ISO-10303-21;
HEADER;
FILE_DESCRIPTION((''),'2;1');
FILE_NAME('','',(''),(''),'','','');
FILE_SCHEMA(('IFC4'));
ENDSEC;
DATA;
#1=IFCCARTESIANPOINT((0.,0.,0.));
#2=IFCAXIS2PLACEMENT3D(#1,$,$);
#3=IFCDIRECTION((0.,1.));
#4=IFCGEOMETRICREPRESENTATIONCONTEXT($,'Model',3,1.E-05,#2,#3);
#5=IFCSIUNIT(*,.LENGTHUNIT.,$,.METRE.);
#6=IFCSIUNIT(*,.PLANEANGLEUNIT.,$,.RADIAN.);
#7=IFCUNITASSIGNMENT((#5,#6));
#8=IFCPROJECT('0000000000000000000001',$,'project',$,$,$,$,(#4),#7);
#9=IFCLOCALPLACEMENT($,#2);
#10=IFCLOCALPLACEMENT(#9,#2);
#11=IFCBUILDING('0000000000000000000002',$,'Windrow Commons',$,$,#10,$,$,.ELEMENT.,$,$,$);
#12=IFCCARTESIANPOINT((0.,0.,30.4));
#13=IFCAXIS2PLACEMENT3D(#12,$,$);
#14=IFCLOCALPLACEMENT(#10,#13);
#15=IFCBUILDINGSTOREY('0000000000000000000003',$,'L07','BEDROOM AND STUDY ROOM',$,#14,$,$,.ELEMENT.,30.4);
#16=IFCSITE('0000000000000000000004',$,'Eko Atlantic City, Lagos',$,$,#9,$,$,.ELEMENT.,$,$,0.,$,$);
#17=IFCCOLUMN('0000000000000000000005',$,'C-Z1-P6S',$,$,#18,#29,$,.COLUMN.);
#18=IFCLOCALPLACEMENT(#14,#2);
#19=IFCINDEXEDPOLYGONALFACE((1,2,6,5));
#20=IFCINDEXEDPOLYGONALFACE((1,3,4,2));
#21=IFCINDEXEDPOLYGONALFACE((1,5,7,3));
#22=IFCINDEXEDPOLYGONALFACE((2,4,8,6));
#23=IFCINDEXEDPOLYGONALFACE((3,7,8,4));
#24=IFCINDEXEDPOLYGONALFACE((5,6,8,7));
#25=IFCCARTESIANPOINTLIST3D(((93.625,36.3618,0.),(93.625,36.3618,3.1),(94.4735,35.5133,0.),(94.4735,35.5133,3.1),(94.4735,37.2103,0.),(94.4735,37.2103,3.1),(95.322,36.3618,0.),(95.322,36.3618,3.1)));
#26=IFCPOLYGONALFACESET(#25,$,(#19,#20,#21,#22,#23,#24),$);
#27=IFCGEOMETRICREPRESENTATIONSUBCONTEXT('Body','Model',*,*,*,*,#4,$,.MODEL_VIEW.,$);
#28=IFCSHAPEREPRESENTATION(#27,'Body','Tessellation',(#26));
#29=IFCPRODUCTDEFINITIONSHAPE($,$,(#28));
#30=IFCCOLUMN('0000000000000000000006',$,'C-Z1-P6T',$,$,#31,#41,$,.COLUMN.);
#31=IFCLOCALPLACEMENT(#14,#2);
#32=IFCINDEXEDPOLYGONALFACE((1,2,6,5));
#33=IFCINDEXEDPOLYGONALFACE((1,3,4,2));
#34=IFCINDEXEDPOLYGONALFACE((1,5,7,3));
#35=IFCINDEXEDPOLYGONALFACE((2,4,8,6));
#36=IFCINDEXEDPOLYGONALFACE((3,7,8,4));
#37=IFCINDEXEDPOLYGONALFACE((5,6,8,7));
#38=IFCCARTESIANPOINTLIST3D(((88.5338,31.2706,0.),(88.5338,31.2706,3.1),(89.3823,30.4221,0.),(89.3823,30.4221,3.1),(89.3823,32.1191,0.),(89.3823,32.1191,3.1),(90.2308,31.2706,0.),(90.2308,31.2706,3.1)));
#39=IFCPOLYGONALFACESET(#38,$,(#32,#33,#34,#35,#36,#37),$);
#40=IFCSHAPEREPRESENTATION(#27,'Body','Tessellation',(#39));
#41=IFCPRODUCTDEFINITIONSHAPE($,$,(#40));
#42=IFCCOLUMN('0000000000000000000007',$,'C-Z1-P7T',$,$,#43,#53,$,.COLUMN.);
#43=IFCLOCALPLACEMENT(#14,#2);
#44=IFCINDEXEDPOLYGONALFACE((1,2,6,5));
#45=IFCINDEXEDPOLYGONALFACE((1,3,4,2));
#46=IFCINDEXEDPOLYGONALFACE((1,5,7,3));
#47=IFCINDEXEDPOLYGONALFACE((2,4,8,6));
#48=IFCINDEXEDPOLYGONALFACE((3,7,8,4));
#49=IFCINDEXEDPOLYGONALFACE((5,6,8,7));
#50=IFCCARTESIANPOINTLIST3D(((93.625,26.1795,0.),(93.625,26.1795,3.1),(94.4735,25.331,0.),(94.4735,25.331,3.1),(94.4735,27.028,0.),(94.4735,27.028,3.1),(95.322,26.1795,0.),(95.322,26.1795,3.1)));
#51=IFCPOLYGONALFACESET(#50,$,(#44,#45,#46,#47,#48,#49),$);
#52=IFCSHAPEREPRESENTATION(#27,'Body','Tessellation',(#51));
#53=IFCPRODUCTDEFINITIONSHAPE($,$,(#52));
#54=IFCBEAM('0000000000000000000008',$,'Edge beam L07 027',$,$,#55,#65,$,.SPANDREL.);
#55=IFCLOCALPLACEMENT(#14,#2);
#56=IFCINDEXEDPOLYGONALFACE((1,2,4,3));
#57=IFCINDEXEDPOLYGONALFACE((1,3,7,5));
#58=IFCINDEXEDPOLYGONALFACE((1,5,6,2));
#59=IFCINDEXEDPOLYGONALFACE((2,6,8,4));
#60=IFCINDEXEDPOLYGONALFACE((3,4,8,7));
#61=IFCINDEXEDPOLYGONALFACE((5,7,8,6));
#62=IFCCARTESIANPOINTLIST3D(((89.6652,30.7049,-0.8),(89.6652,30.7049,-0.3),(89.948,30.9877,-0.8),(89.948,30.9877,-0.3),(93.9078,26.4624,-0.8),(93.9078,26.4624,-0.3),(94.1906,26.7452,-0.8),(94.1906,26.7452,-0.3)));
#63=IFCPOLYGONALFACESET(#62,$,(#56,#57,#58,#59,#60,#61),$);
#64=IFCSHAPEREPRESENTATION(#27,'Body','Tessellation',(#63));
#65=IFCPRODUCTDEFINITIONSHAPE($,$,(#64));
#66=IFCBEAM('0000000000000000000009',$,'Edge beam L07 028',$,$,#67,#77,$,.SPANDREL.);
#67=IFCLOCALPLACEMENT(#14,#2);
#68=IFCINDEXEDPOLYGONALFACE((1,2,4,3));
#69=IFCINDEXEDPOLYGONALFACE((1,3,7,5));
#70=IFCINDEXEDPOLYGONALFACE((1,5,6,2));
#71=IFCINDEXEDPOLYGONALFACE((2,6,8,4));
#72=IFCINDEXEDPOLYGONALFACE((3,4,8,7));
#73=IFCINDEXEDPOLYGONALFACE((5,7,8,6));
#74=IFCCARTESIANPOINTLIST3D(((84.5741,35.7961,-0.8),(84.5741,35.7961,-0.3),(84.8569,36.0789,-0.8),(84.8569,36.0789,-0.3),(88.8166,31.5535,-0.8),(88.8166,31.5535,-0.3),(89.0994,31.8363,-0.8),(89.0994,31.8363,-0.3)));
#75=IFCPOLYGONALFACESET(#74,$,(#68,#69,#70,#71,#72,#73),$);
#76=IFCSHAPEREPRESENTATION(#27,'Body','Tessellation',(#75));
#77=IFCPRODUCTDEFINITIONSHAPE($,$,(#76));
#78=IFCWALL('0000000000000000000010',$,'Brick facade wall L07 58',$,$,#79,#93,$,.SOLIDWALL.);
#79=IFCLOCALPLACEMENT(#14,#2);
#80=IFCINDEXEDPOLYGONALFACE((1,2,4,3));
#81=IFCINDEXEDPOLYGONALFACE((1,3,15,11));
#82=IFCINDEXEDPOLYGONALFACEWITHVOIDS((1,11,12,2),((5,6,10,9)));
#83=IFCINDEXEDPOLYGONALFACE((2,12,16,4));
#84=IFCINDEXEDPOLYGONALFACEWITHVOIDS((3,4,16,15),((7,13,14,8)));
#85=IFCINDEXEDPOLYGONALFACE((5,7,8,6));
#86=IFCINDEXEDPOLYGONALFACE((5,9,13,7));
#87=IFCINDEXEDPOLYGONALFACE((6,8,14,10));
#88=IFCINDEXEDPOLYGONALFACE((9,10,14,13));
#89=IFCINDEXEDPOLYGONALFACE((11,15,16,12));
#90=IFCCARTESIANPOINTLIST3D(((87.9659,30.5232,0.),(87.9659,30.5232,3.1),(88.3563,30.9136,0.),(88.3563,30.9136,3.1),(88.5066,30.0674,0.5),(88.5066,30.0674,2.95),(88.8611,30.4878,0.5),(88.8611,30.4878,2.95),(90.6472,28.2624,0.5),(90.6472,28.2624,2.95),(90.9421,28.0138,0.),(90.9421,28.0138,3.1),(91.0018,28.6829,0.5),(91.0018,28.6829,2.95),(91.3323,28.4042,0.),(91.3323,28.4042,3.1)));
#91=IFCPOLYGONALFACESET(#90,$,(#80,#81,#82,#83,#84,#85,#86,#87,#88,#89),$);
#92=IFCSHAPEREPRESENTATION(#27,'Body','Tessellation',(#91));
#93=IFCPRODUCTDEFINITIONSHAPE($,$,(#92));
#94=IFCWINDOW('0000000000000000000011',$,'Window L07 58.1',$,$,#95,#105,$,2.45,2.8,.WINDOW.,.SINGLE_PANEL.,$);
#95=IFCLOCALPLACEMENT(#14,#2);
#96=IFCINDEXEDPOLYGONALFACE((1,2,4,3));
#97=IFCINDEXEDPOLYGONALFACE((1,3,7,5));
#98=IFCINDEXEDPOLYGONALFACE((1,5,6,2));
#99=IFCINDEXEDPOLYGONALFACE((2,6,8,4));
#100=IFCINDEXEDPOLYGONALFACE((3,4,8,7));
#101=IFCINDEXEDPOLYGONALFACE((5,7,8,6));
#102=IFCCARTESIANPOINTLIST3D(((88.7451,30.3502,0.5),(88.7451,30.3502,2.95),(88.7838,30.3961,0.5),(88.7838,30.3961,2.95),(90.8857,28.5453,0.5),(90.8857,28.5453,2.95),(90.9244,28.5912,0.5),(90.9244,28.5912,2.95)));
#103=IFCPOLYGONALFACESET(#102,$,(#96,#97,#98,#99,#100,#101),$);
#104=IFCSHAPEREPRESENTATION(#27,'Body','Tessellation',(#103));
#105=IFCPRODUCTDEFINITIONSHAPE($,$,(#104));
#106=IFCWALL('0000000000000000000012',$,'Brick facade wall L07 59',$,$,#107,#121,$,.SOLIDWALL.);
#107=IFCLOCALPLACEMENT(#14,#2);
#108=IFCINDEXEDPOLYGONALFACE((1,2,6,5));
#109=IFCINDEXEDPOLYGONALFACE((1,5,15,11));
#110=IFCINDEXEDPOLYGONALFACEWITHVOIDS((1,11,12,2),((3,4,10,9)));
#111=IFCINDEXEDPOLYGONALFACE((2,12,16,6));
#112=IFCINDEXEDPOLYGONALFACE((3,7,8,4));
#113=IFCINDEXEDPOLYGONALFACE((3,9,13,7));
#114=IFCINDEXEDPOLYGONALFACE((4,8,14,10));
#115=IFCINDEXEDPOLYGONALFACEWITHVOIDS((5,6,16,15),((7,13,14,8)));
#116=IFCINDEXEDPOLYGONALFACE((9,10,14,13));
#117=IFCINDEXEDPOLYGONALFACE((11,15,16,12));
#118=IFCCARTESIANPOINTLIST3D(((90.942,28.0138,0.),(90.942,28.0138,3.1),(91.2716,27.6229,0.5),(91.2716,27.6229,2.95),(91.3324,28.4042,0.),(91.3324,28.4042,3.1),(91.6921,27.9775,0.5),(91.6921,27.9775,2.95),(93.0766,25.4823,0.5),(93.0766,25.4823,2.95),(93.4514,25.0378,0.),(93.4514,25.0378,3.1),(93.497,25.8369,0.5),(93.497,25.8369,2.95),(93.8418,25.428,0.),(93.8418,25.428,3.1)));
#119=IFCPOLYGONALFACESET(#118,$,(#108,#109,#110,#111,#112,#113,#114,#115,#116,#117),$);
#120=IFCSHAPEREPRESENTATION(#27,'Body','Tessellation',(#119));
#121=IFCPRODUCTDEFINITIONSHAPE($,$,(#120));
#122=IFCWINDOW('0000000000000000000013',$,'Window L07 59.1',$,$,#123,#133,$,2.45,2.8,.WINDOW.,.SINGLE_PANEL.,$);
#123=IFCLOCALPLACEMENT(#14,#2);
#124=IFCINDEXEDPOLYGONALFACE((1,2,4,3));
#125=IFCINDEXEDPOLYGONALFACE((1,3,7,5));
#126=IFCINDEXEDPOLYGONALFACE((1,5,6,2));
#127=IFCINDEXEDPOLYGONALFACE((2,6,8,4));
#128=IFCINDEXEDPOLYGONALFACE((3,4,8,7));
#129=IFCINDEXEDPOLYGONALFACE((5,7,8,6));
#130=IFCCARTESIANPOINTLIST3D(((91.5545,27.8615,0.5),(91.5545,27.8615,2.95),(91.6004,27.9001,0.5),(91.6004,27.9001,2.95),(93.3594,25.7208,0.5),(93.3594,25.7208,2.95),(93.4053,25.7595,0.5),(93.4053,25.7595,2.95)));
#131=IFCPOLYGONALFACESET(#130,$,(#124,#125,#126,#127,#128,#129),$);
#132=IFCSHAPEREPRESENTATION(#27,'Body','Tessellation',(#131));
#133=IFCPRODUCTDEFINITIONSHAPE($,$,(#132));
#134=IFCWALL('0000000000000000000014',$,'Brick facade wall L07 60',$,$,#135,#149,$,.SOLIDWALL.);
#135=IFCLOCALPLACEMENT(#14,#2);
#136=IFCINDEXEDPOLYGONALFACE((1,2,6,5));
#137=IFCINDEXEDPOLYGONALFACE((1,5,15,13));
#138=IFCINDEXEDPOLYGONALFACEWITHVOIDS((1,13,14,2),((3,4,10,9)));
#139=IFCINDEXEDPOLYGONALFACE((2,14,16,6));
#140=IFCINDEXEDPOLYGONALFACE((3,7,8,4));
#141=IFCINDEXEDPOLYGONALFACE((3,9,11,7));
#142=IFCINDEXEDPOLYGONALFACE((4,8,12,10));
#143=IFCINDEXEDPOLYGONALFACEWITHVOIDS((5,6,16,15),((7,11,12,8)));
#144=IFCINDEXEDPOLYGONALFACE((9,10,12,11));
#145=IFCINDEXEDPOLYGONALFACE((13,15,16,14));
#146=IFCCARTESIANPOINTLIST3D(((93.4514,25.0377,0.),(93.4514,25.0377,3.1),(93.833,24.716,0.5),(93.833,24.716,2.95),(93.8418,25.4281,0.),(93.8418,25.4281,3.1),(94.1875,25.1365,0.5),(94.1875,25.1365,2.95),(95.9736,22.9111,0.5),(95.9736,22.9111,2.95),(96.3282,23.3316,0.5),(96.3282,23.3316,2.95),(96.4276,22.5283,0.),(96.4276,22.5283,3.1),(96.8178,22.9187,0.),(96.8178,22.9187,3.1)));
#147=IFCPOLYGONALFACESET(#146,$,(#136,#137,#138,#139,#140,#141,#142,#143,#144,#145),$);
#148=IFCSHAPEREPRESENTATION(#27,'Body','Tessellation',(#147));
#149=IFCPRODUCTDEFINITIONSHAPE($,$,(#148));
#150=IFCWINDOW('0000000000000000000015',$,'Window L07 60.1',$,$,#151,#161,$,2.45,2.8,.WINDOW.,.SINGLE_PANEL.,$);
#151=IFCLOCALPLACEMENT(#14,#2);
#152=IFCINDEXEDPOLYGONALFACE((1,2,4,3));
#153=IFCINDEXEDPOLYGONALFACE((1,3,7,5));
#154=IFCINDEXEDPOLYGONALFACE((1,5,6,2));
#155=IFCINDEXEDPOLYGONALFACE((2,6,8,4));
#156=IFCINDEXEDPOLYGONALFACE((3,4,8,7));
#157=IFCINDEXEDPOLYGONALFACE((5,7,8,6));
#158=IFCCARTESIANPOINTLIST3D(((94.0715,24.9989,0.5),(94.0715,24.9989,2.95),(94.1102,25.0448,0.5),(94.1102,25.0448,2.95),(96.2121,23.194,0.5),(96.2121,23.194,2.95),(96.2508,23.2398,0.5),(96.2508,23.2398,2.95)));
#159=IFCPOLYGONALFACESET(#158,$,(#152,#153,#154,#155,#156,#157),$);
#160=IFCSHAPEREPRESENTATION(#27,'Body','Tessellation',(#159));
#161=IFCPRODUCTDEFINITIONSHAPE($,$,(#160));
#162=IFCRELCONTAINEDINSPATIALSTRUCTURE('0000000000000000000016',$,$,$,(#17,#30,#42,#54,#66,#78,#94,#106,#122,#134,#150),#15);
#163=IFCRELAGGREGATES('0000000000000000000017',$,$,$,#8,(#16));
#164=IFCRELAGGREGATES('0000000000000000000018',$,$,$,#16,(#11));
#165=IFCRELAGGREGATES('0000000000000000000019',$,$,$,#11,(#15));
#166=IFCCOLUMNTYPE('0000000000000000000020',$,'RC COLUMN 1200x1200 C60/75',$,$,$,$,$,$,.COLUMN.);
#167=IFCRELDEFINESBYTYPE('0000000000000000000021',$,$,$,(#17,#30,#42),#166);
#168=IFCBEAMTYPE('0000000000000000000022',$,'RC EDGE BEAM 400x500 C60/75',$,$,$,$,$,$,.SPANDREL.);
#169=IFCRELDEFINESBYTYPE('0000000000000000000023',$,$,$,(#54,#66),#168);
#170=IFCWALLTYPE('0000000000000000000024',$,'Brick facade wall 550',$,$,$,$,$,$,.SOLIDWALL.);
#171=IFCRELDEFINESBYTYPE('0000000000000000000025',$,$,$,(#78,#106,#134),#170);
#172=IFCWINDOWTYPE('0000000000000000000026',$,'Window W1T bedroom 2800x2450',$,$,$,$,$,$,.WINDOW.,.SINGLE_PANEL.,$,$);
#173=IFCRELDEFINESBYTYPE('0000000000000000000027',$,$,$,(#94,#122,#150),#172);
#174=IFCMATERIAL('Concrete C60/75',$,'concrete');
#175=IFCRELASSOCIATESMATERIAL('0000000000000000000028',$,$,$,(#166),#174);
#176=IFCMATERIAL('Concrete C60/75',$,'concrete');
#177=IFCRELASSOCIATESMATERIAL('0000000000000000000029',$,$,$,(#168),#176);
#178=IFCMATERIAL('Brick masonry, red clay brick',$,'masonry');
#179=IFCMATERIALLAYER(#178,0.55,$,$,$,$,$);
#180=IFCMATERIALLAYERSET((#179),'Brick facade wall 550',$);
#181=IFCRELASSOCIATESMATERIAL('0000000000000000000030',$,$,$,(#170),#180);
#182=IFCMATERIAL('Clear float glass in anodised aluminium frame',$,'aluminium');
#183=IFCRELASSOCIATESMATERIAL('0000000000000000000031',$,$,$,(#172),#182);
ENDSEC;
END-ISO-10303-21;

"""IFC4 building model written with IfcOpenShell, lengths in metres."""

from ifc_helpers import new_model, si_unit, direction, frame, frame_2d, origin, origin_2d, place, context, subcontext, project, spatial, polyline, rectangle, outline, extrude, material, layer, layer_set, material_profile, profile_set, type_object, element, fill, save


model = new_model("IFC4")

# Units and contexts
model_context = context("Model", 3, precision=1e-05, world=origin(), true_north=direction((0.0, 1.0)))
body_context = subcontext(model_context, "Body", "Model", "MODEL_VIEW")
ifc_project = project(units=[si_unit("LENGTHUNIT", "METRE"), si_unit("PLANEANGLEUNIT", "RADIAN")], contexts=[model_context])

# Site, building, storey
site_placement = place(None, origin())
site = spatial("IfcSite", under=ifc_project, at=site_placement, Name="Eko Atlantic City, Lagos", CompositionType="ELEMENT", RefElevation=0.0)
building_placement = place(site_placement, origin())
building = spatial("IfcBuilding", under=site, at=building_placement, Name="Windrow Commons", CompositionType="ELEMENT")
storey_placement = place(building_placement, frame((0.0, 0.0, 30.4)))
storey = spatial("IfcBuildingStorey", under=building, at=storey_placement, Name="L07", Description="BEDROOM AND STUDY ROOM", CompositionType="ELEMENT", Elevation=30.4)

# Columns
ifc_material_1 = material(Name="Concrete C60/75", Category="concrete")
ifc_material_profile_1 = material_profile(ifc_material_1, rectangle(XDim=1.2, YDim=1.2, at=origin_2d()))
ifc_profile_set_1 = profile_set([ifc_material_profile_1], Name="Concrete C60/75")
column_type = type_object("IfcColumnType", Name="RC COLUMN 1200x1200 C60/75", PredefinedType="COLUMN", material=ifc_profile_set_1)
for number, where, z_axis, x_axis, name in (
    (1, (94.4735, 36.3618, 0.0), (0.0, 0.0, 1.0), (0.707107, -0.707107, 0.0), "C-Z1-P6S"),
    (2, (89.3823, 31.2706, 0.0), (0.0, 0.0, 1.0), (0.707107, -0.707107, 0.0), "C-Z1-P6T"),
    (3, (94.4735, 26.1795, 0.0), (0.0, 0.0, 1.0), (0.707107, -0.707107, 0.0), "C-Z1-P7T"),
):
    element("IfcColumn", number, at=place(storey_placement, frame(where, z_axis=z_axis, x_axis=x_axis)), inside=storey, type_object=column_type, Name=name, PredefinedType="COLUMN", context=body_context, shape_type="SweptSolid", body=[
        extrude(rectangle(XDim=1.2, YDim=1.2, at=origin_2d()), origin(), (0.0, 0.0, 1.0), 3.1),
    ])

# Beams
ifc_material_2 = material(Name="Concrete C60/75", Category="concrete")
ifc_material_profile_2 = material_profile(ifc_material_2, rectangle(XDim=0.4, YDim=0.5, at=origin_2d()))
ifc_profile_set_2 = profile_set([ifc_material_profile_2], Name="Concrete C60/75")
beam_type = type_object("IfcBeamType", Name="RC EDGE BEAM 400x500 C60/75", PredefinedType="SPANDREL", material=ifc_profile_set_2)
for number, where, z_axis, x_axis, name in (
    (4, (94.0492, 26.6038, -0.55), (-0.707115, 0.707098, 0.0), (-0.707098, -0.707115, 0.0), "Edge beam L07 027"),
    (5, (88.958, 31.6949, -0.55), (-0.707098, 0.707115, 0.0), (-0.707115, -0.707098, 0.0), "Edge beam L07 028"),
):
    element("IfcBeam", number, at=place(storey_placement, frame(where, z_axis=z_axis, x_axis=x_axis)), inside=storey, type_object=beam_type, Name=name, PredefinedType="SPANDREL", context=body_context, shape_type="SweptSolid", body=[
        extrude(rectangle(XDim=0.4, YDim=0.5, at=origin_2d()), origin(), (0.0, 0.0, 1.0), 5.9999),
    ])

# Walls, openings, windows
ifc_material_3 = material(Name="Brick masonry, red clay brick", Category="masonry")
ifc_layer_1 = layer(ifc_material_3, 0.55)
ifc_layer_set_1 = layer_set([ifc_layer_1], Name="Brick facade wall 550")
wall_type_1 = type_object("IfcWallType", Name="Brick facade wall 550", PredefinedType="SOLIDWALL", material=ifc_layer_set_1)
wall_1_placement = place(storey_placement, frame((88.1611, 30.7184, 0.0), z_axis=(0.0, 0.0, 1.0), x_axis=(0.764505, -0.644618, 0.0)))
wall_1 = element("IfcWall", 6, at=wall_1_placement, inside=storey, type_object=wall_type_1, Name="Brick facade wall L07 58", PredefinedType="SOLIDWALL", context=body_context, shape_type="SweptSolid", body=[
    extrude(outline(polyline([(-0.0234, -0.275), (3.8695, -0.275), (3.9162, 0.275), (0.0234, 0.275), (-0.0234, -0.275)])), origin(), (0.0, 0.0, 1.0), 3.1),
])
opening_1_placement = place(wall_1_placement, frame((0.6838, 0.0, 0.5)))
opening_1 = element("IfcOpeningElement", 7, at=opening_1_placement, cuts=wall_1, PredefinedType="OPENING", context=body_context, shape_type="SweptSolid", body=[
    extrude(rectangle(XDim=2.8, YDim=2.45, at=frame_2d((1.4, 1.225))), frame((0.0, 0.285, 0.0), z_axis=(0.0, -1.0, 0.0), x_axis=(1.0, 0.0, 0.0)), (0.0, 0.0, 1.0), 0.57),
])
ifc_material_4 = material(Name="Clear float glass in anodised aluminium frame", Category="aluminium")
window_type = type_object("IfcWindowType", Name="Window W1T bedroom 2800x2450", PartitioningType="SINGLE_PANEL", PredefinedType="WINDOW", material=ifc_material_4)
window_1_placement = place(opening_1_placement, origin())
window_1 = element("IfcWindow", 8, at=window_1_placement, inside=storey, type_object=window_type, Name="Window L07 58.1", OverallHeight=2.45, OverallWidth=2.8, PartitioningType="SINGLE_PANEL", PredefinedType="WINDOW", context=body_context, shape_type="SweptSolid", body=[
    extrude(rectangle(XDim=2.8, YDim=2.45, at=frame_2d((1.4, 1.225))), frame((0.0, 0.155, 0.0), z_axis=(0.0, -1.0, 0.0), x_axis=(1.0, 0.0, 0.0)), (0.0, 0.0, 1.0), 0.06),
])
fill(opening_1, window_1)
wall_2_placement = place(storey_placement, frame((91.1372, 28.209, 0.0), z_axis=(0.0, 0.0, 1.0), x_axis=(0.644618, -0.764505, 0.0)))
wall_2 = element("IfcWall", 9, at=wall_2_placement, inside=storey, type_object=wall_type_1, Name="Brick facade wall L07 59", PredefinedType="SOLIDWALL", context=body_context, shape_type="SweptSolid", body=[
    extrude(outline(polyline([(0.0234, -0.275), (3.9162, -0.275), (3.8695, 0.275), (-0.0234, 0.275), (0.0234, -0.275)])), origin(), (0.0, 0.0, 1.0), 3.1),
])
opening_2_placement = place(wall_2_placement, frame((0.5347, 0.0, 0.5)))
opening_2 = element("IfcOpeningElement", 10, at=opening_2_placement, cuts=wall_2, PredefinedType="OPENING", context=body_context, shape_type="SweptSolid", body=[
    extrude(rectangle(XDim=2.8, YDim=2.45, at=frame_2d((1.4, 1.225))), frame((0.0, 0.285, 0.0), z_axis=(0.0, -1.0, 0.0), x_axis=(1.0, 0.0, 0.0)), (0.0, 0.0, 1.0), 0.57),
])
window_2_placement = place(opening_2_placement, origin())
window_2 = element("IfcWindow", 11, at=window_2_placement, inside=storey, type_object=window_type, Name="Window L07 59.1", OverallHeight=2.45, OverallWidth=2.8, PartitioningType="SINGLE_PANEL", PredefinedType="WINDOW", context=body_context, shape_type="SweptSolid", body=[
    extrude(rectangle(XDim=2.8, YDim=2.45, at=frame_2d((1.4, 1.225))), frame((0.0, 0.155, 0.0), z_axis=(0.0, -1.0, 0.0), x_axis=(1.0, 0.0, 0.0)), (0.0, 0.0, 1.0), 0.06),
])
fill(opening_2, window_2)
wall_3_placement = place(storey_placement, frame((93.6466, 25.2329, 0.0), z_axis=(0.0, 0.0, 1.0), x_axis=(0.764505, -0.644618, 0.0)))
wall_3 = element("IfcWall", 12, at=wall_3_placement, inside=storey, type_object=wall_type_1, Name="Brick facade wall L07 60", PredefinedType="SOLIDWALL", context=body_context, shape_type="SweptSolid", body=[
    extrude(outline(polyline([(-0.0234, -0.275), (3.8695, -0.275), (3.9162, 0.275), (0.0234, 0.275), (-0.0234, -0.275)])), origin(), (0.0, 0.0, 1.0), 3.1),
])
opening_3_placement = place(wall_3_placement, frame((0.4757, 0.0, 0.5)))
opening_3 = element("IfcOpeningElement", 13, at=opening_3_placement, cuts=wall_3, PredefinedType="OPENING", context=body_context, shape_type="SweptSolid", body=[
    extrude(rectangle(XDim=2.8, YDim=2.45, at=frame_2d((1.4, 1.225))), frame((0.0, 0.285, 0.0), z_axis=(0.0, -1.0, 0.0), x_axis=(1.0, 0.0, 0.0)), (0.0, 0.0, 1.0), 0.57),
])
window_3_placement = place(opening_3_placement, origin())
window_3 = element("IfcWindow", 14, at=window_3_placement, inside=storey, type_object=window_type, Name="Window L07 60.1", OverallHeight=2.45, OverallWidth=2.8, PartitioningType="SINGLE_PANEL", PredefinedType="WINDOW", context=body_context, shape_type="SweptSolid", body=[
    extrude(rectangle(XDim=2.8, YDim=2.45, at=frame_2d((1.4, 1.225))), frame((0.0, 0.155, 0.0), z_axis=(0.0, -1.0, 0.0), x_axis=(1.0, 0.0, 0.0)), (0.0, 0.0, 1.0), 0.06),
])
fill(opening_3, window_3)

save(model, "model.ifc")
